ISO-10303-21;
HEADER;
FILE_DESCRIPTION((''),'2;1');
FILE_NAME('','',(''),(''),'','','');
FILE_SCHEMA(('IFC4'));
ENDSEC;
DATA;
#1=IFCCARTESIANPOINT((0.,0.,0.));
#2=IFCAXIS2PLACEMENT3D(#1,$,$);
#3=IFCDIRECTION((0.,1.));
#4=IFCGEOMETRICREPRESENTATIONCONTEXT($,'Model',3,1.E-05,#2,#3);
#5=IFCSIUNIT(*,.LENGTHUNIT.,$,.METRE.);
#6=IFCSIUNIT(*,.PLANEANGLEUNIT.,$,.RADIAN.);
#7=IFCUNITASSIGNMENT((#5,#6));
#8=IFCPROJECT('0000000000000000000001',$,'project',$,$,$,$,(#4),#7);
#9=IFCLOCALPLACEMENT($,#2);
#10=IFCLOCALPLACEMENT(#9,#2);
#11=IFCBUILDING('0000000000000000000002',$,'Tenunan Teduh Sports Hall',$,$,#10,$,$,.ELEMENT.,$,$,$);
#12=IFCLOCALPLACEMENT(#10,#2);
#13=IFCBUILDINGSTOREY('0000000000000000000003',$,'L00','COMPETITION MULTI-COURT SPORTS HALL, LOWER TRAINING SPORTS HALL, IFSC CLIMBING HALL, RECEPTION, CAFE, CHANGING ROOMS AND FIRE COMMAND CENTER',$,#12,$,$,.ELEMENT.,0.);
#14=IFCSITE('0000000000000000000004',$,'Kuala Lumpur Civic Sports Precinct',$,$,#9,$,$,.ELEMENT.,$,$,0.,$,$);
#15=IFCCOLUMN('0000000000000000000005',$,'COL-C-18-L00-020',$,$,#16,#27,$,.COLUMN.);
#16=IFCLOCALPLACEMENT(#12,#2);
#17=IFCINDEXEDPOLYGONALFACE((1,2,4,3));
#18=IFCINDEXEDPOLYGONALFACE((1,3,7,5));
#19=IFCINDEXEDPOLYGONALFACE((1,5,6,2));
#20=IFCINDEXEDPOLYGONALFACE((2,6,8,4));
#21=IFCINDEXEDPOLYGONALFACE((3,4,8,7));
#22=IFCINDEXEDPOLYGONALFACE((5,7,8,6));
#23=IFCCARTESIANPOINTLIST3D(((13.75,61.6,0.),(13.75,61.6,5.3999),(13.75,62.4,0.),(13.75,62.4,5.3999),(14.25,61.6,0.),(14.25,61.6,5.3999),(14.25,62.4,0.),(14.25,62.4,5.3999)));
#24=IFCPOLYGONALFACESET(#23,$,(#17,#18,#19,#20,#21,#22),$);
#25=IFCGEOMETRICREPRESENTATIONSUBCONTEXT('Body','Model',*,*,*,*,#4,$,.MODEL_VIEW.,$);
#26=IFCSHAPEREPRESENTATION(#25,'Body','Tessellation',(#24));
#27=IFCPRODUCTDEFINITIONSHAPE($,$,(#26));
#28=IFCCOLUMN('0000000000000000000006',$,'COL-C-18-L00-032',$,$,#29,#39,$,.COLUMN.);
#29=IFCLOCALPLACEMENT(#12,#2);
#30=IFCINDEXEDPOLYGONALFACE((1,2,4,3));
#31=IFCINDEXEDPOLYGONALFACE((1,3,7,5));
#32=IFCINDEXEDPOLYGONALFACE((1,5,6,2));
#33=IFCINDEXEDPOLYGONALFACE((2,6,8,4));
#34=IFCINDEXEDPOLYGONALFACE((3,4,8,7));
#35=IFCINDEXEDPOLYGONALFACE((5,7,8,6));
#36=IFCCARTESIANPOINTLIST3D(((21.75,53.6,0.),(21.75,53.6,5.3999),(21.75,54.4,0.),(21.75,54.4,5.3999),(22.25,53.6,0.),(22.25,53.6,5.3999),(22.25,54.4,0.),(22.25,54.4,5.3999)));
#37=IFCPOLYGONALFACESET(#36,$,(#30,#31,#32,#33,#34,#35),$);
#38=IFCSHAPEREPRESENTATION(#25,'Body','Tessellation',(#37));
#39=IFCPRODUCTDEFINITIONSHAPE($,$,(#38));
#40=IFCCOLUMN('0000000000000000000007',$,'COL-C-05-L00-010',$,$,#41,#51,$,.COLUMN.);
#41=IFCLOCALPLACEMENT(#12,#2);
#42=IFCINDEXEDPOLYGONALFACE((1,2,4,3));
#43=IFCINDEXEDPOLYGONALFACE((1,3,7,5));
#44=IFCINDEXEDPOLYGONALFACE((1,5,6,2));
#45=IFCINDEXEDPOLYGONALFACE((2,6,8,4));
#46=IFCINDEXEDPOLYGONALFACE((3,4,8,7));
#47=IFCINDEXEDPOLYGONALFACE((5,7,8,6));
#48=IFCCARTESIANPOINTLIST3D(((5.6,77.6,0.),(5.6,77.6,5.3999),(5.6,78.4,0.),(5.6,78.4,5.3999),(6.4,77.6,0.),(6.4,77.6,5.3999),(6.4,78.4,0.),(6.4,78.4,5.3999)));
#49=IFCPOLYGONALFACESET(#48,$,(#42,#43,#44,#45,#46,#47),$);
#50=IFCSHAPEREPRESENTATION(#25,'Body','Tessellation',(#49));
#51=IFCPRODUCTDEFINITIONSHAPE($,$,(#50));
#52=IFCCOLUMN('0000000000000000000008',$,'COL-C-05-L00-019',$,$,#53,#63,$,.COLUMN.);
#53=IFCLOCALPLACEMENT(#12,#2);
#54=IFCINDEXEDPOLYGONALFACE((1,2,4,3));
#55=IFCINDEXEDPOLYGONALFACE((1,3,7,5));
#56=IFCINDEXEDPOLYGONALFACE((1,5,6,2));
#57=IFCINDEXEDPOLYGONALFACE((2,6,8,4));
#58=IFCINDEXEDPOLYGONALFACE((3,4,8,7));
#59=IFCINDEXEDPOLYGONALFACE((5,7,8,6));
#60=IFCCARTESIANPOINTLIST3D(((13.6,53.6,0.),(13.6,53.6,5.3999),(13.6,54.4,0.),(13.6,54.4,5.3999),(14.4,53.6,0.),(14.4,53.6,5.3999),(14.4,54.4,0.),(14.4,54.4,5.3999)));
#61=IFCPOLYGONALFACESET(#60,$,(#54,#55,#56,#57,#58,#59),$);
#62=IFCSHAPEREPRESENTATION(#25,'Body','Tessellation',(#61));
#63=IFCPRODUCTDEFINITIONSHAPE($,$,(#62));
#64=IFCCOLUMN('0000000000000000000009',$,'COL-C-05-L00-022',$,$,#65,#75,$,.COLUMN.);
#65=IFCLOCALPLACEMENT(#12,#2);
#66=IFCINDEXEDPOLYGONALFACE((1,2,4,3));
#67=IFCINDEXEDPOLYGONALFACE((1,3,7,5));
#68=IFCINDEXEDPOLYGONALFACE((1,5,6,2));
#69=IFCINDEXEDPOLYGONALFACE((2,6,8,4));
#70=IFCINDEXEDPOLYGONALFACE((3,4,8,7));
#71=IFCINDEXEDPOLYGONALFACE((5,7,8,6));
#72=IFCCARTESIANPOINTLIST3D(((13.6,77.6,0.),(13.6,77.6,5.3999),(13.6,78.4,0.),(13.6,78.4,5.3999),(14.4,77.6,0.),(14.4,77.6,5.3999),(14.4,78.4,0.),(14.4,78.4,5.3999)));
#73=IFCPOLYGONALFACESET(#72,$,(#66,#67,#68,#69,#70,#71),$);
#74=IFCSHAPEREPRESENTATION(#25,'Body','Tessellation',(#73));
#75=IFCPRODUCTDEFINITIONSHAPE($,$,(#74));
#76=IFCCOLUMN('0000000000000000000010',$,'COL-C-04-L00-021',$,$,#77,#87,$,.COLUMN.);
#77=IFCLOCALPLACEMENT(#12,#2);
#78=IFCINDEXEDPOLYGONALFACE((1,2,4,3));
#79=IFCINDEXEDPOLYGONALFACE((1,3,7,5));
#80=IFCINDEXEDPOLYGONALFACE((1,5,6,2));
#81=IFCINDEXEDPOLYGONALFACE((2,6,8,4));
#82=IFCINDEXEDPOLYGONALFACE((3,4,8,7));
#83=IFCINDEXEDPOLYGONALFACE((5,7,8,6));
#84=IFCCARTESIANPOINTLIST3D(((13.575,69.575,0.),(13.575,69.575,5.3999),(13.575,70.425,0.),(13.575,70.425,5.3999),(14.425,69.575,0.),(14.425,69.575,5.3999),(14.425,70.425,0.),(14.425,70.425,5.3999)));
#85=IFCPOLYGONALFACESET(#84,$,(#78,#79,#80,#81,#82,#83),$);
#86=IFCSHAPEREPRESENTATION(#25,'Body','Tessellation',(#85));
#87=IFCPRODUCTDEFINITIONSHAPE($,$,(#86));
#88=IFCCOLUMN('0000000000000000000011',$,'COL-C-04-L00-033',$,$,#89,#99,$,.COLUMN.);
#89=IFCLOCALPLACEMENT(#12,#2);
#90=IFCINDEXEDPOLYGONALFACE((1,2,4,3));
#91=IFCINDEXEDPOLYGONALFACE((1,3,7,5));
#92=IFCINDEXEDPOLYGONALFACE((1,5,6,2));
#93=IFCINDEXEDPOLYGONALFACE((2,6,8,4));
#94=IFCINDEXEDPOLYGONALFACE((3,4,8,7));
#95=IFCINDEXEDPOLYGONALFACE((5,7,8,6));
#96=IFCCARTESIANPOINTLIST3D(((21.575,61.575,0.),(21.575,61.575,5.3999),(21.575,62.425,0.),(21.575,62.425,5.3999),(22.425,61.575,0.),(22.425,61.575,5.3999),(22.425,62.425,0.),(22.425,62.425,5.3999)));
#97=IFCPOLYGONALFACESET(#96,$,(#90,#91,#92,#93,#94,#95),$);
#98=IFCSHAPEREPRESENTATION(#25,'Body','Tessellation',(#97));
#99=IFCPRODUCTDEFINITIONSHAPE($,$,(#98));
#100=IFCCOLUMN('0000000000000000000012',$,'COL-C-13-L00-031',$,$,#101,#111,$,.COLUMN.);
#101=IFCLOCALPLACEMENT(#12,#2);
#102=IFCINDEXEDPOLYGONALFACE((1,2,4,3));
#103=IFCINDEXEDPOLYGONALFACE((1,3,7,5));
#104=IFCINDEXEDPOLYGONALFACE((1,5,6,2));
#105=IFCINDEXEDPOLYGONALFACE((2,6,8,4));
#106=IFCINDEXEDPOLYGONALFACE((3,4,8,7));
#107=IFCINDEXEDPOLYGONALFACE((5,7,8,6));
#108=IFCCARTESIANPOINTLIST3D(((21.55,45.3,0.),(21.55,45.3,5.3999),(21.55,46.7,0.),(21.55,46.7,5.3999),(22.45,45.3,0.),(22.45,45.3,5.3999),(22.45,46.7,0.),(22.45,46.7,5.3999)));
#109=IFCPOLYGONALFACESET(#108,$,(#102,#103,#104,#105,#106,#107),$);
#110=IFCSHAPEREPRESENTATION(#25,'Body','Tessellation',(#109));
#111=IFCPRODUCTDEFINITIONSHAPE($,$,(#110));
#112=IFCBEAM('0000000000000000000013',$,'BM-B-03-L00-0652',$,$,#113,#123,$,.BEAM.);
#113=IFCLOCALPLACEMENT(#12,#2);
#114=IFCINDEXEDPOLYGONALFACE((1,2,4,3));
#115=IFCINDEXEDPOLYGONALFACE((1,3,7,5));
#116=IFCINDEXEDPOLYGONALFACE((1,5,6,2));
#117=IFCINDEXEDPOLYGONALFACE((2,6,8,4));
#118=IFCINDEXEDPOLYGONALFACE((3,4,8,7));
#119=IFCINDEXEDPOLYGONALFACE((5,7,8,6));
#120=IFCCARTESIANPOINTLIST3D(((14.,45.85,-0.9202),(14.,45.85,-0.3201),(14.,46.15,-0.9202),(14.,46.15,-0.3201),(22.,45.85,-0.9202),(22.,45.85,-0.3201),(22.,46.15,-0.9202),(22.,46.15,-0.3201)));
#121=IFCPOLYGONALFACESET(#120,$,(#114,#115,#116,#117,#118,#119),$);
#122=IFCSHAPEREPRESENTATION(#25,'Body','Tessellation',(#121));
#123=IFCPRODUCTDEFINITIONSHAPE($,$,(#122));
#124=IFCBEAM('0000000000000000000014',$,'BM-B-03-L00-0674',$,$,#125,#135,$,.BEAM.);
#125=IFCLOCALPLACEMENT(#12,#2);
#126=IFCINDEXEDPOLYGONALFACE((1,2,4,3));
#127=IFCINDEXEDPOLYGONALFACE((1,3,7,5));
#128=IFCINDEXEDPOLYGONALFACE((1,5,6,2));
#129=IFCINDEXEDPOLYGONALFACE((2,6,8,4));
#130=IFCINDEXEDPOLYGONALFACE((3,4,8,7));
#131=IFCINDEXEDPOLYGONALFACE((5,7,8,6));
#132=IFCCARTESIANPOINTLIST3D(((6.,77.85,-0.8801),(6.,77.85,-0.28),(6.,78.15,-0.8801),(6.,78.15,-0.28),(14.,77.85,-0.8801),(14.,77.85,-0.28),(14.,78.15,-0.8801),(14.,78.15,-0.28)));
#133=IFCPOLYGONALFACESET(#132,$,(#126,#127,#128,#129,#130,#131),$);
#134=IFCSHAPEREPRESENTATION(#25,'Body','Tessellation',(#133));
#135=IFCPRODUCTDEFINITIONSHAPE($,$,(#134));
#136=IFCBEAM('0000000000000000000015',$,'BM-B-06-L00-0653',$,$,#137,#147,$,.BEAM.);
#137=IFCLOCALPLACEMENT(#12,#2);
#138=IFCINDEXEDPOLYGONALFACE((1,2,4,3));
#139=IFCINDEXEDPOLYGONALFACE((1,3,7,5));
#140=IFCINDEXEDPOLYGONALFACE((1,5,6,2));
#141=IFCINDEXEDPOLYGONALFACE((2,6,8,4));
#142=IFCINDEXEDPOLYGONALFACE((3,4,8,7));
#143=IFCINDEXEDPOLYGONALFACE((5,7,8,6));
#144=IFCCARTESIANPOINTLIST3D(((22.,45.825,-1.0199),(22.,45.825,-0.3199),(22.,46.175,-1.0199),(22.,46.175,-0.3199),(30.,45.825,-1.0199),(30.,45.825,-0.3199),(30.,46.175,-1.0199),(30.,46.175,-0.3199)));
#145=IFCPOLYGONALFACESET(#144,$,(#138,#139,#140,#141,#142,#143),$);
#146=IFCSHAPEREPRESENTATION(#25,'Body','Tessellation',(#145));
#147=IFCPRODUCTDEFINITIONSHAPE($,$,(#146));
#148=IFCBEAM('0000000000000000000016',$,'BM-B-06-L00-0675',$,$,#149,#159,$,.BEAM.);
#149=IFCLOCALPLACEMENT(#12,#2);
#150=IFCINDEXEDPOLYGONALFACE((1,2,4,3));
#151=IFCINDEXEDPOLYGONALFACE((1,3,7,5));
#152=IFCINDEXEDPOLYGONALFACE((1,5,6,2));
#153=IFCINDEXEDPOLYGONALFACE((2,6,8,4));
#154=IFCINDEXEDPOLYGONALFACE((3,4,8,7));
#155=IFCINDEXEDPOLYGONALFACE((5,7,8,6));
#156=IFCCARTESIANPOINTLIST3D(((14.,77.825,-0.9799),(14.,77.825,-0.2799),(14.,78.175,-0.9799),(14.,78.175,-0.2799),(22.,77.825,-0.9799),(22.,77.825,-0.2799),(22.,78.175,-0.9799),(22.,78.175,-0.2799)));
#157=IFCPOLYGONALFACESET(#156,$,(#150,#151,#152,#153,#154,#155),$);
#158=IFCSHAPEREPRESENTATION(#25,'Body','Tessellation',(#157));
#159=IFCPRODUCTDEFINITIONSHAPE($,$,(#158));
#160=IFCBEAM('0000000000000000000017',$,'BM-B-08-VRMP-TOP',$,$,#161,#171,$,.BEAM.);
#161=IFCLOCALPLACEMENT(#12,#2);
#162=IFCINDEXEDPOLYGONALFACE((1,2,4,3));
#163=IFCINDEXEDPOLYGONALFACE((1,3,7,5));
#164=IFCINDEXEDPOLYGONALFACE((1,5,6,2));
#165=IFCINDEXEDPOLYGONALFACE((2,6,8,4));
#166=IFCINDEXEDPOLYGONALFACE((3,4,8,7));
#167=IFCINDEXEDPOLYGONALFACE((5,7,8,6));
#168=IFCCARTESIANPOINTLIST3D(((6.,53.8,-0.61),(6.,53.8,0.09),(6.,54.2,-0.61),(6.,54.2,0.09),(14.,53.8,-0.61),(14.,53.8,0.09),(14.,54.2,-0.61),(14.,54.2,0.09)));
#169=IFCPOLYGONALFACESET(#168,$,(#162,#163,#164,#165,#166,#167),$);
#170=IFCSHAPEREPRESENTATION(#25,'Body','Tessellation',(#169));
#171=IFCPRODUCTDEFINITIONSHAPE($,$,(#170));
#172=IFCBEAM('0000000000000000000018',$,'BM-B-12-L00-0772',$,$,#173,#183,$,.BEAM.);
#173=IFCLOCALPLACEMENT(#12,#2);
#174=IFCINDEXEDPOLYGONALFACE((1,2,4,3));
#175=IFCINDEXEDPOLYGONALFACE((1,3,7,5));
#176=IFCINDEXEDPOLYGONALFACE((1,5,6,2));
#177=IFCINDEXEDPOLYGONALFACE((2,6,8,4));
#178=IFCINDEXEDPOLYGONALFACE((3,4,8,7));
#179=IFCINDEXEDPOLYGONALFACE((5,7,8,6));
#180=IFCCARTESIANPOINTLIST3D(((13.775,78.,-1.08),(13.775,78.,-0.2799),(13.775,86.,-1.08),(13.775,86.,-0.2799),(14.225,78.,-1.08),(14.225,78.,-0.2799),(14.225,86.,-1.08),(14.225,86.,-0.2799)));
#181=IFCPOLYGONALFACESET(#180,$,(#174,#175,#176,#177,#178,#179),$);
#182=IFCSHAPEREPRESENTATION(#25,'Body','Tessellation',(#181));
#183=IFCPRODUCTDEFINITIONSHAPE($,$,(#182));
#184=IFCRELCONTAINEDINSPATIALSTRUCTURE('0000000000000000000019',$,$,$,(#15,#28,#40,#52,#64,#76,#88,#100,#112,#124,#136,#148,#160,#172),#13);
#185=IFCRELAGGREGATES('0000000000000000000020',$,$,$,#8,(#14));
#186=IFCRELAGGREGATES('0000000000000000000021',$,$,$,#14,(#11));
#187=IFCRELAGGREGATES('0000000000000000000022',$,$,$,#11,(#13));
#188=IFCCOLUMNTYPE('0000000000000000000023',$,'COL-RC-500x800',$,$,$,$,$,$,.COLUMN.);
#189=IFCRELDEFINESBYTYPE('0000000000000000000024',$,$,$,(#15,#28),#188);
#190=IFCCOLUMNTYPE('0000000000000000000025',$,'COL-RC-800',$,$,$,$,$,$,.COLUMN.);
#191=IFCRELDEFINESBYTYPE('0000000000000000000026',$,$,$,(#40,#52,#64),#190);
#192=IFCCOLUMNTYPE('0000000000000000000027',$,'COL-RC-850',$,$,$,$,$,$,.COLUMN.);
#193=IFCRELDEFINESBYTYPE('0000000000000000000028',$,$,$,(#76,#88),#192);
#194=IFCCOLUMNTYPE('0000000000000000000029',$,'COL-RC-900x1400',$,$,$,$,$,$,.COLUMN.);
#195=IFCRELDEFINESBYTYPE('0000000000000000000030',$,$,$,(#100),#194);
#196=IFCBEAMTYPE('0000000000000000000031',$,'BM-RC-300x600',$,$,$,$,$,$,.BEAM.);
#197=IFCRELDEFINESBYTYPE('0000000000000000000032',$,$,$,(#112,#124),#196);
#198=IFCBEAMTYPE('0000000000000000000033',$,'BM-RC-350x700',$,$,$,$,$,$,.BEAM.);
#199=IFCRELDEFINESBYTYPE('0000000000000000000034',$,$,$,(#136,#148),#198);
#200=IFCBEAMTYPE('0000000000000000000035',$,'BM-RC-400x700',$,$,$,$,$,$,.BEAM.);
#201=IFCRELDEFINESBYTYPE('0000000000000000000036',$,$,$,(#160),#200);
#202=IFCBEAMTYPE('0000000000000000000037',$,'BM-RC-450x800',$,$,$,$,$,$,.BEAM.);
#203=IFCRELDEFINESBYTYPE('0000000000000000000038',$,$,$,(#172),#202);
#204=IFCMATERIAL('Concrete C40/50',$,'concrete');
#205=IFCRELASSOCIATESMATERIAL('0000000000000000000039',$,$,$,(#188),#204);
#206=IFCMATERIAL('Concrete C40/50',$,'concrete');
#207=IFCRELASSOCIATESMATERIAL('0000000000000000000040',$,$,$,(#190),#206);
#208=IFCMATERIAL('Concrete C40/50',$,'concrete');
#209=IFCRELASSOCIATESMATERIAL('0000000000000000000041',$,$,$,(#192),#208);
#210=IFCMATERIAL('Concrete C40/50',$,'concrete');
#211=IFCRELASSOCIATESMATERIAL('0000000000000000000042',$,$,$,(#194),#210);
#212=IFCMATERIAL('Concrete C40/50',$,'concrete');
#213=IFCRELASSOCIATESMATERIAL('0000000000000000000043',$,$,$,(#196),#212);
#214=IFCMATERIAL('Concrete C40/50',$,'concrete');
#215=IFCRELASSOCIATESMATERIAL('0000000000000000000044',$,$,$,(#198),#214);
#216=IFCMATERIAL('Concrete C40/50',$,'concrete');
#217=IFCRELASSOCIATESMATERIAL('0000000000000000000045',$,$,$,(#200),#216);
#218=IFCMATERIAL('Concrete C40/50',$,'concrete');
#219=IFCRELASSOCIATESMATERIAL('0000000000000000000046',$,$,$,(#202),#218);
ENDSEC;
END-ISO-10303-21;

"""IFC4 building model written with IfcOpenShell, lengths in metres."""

from ifc_helpers import new_model, si_unit, direction, frame, origin, origin_2d, place, context, subcontext, project, spatial, rectangle, extrude, material, material_profile, profile_set, type_object, element, save


model = new_model("IFC4")

# Units and contexts
model_context = context("Model", 3, precision=1e-05, world=origin(), true_north=direction((0.0, 1.0)))
body_context = subcontext(model_context, "Body", "Model", "MODEL_VIEW")
ifc_project = project(units=[si_unit("LENGTHUNIT", "METRE"), si_unit("PLANEANGLEUNIT", "RADIAN")], contexts=[model_context])

# Site, building, storey
site_placement = place(None, origin())
site = spatial("IfcSite", under=ifc_project, at=site_placement, Name="Kuala Lumpur Civic Sports Precinct", CompositionType="ELEMENT", RefElevation=0.0)
building_placement = place(site_placement, origin())
building = spatial("IfcBuilding", under=site, at=building_placement, Name="Tenunan Teduh Sports Hall", CompositionType="ELEMENT")
storey_placement = place(building_placement, origin())
storey = spatial("IfcBuildingStorey", under=building, at=storey_placement, Name="L00", Description="COMPETITION MULTI-COURT SPORTS HALL, LOWER TRAINING SPORTS HALL, IFSC CLIMBING HALL, RECEPTION, CAFE, CHANGING ROOMS AND FIRE COMMAND CENTER", CompositionType="ELEMENT", Elevation=0.0)

# Columns
ifc_material_1 = material(Name="Concrete C40/50", Category="concrete")
ifc_material_profile_1 = material_profile(ifc_material_1, rectangle(XDim=0.5, YDim=0.8, at=origin_2d()), Name="RC 500x800")
ifc_profile_set_1 = profile_set([ifc_material_profile_1], Name="Concrete C40/50")
column_type_1 = type_object("IfcColumnType", Name="COL-RC-500x800", PredefinedType="COLUMN", material=ifc_profile_set_1)
for number, where, z_axis, x_axis, name in (
    (1, (14.0, 62.0, 0.0), (0.0, 0.0, 1.0), (1.0, 0.0, 0.0), "COL-C-18-L00-020"),
    (2, (22.0, 54.0, 0.0), (0.0, 0.0, 1.0), (1.0, 0.0, 0.0), "COL-C-18-L00-032"),
):
    element("IfcColumn", number, at=place(storey_placement, frame(where, z_axis=z_axis, x_axis=x_axis)), inside=storey, type_object=column_type_1, Name=name, PredefinedType="COLUMN", context=body_context, shape_type="SweptSolid", body=[
        extrude(rectangle(XDim=0.5, YDim=0.8, at=origin_2d()), origin(), (0.0, 0.0, 1.0), 5.3999),
    ])
ifc_material_2 = material(Name="Concrete C40/50", Category="concrete")
ifc_material_profile_2 = material_profile(ifc_material_2, rectangle(XDim=0.8, YDim=0.8, at=origin_2d()), Name="RC 800x800")
ifc_profile_set_2 = profile_set([ifc_material_profile_2], Name="Concrete C40/50")
column_type_2 = type_object("IfcColumnType", Name="COL-RC-800", PredefinedType="COLUMN", material=ifc_profile_set_2)
for number, where, z_axis, x_axis, name in (
    (3, (6.0, 78.0, 0.0), (0.0, 0.0, 1.0), (1.0, 0.0, 0.0), "COL-C-05-L00-010"),
    (4, (14.0, 54.0, 0.0), (0.0, 0.0, 1.0), (1.0, 0.0, 0.0), "COL-C-05-L00-019"),
    (5, (14.0, 78.0, 0.0), (0.0, 0.0, 1.0), (1.0, 0.0, 0.0), "COL-C-05-L00-022"),
):
    element("IfcColumn", number, at=place(storey_placement, frame(where, z_axis=z_axis, x_axis=x_axis)), inside=storey, type_object=column_type_2, Name=name, PredefinedType="COLUMN", context=body_context, shape_type="SweptSolid", body=[
        extrude(rectangle(XDim=0.8, YDim=0.8, at=origin_2d()), origin(), (0.0, 0.0, 1.0), 5.3999),
    ])
ifc_material_3 = material(Name="Concrete C40/50", Category="concrete")
ifc_material_profile_3 = material_profile(ifc_material_3, rectangle(XDim=0.8501, YDim=0.8501, at=origin_2d()), Name="RC 850x850")
ifc_profile_set_3 = profile_set([ifc_material_profile_3], Name="Concrete C40/50")
column_type_3 = type_object("IfcColumnType", Name="COL-RC-850", PredefinedType="COLUMN", material=ifc_profile_set_3)
for number, where, z_axis, x_axis, name in (
    (6, (14.0, 70.0, 0.0), (0.0, 0.0, 1.0), (1.0, 0.0, 0.0), "COL-C-04-L00-021"),
    (7, (22.0, 62.0, 0.0), (0.0, 0.0, 1.0), (1.0, 0.0, 0.0), "COL-C-04-L00-033"),
):
    element("IfcColumn", number, at=place(storey_placement, frame(where, z_axis=z_axis, x_axis=x_axis)), inside=storey, type_object=column_type_3, Name=name, PredefinedType="COLUMN", context=body_context, shape_type="SweptSolid", body=[
        extrude(rectangle(XDim=0.8501, YDim=0.8501, at=origin_2d()), origin(), (0.0, 0.0, 1.0), 5.3999),
    ])
ifc_material_4 = material(Name="Concrete C40/50", Category="concrete")
ifc_material_profile_4 = material_profile(ifc_material_4, rectangle(XDim=0.8999, YDim=1.3999, at=origin_2d()), Name="RC 900x1400")
ifc_profile_set_4 = profile_set([ifc_material_profile_4], Name="Concrete C40/50")
column_type_4 = type_object("IfcColumnType", Name="COL-RC-900x1400", PredefinedType="COLUMN", material=ifc_profile_set_4)
column_placement = place(storey_placement, frame((22.0, 46.0, 0.0), z_axis=(0.0, 0.0, 1.0), x_axis=(1.0, 0.0, 0.0)))
element("IfcColumn", 8, at=column_placement, inside=storey, type_object=column_type_4, Name="COL-C-13-L00-031", PredefinedType="COLUMN", context=body_context, shape_type="SweptSolid", body=[
    extrude(rectangle(XDim=0.8999, YDim=1.3999, at=origin_2d()), origin(), (0.0, 0.0, 1.0), 5.3999),
])

# Beams
ifc_material_5 = material(Name="Concrete C40/50", Category="concrete")
ifc_material_profile_5 = material_profile(ifc_material_5, rectangle(XDim=0.3, YDim=0.6001, at=origin_2d()), Name="RCB 300x600")
ifc_profile_set_5 = profile_set([ifc_material_profile_5], Name="Concrete C40/50")
beam_type_1 = type_object("IfcBeamType", Name="BM-RC-300x600", PredefinedType="BEAM", material=ifc_profile_set_5)
for number, where, z_axis, x_axis, name in (
    (9, (14.0, 46.0, -0.6201), (1.0, 0.0, 0.0), (0.0, 1.0, 0.0), "BM-B-03-L00-0652"),
    (10, (6.0, 78.0, -0.5801), (1.0, 0.0, 0.0), (0.0, 1.0, 0.0), "BM-B-03-L00-0674"),
):
    element("IfcBeam", number, at=place(storey_placement, frame(where, z_axis=z_axis, x_axis=x_axis)), inside=storey, type_object=beam_type_1, Name=name, PredefinedType="BEAM", context=body_context, shape_type="SweptSolid", body=[
        extrude(rectangle(XDim=0.3, YDim=0.6001, at=origin_2d()), origin(), (0.0, 0.0, 1.0), 8.0),
    ])
ifc_material_6 = material(Name="Concrete C40/50", Category="concrete")
ifc_material_profile_6 = material_profile(ifc_material_6, rectangle(XDim=0.3501, YDim=0.7, at=origin_2d()), Name="RCB 350x700")
ifc_profile_set_6 = profile_set([ifc_material_profile_6], Name="Concrete C40/50")
beam_type_2 = type_object("IfcBeamType", Name="BM-RC-350x700", PredefinedType="BEAM", material=ifc_profile_set_6)
for number, where, z_axis, x_axis, name in (
    (11, (22.0, 46.0, -0.6699), (1.0, 0.0, 0.0), (0.0, 1.0, 0.0), "BM-B-06-L00-0653"),
    (12, (14.0, 78.0, -0.6299), (1.0, 0.0, 0.0), (0.0, 1.0, 0.0), "BM-B-06-L00-0675"),
):
    element("IfcBeam", number, at=place(storey_placement, frame(where, z_axis=z_axis, x_axis=x_axis)), inside=storey, type_object=beam_type_2, Name=name, PredefinedType="BEAM", context=body_context, shape_type="SweptSolid", body=[
        extrude(rectangle(XDim=0.3501, YDim=0.7, at=origin_2d()), origin(), (0.0, 0.0, 1.0), 8.0),
    ])
ifc_material_7 = material(Name="Concrete C40/50", Category="concrete")
ifc_material_profile_7 = material_profile(ifc_material_7, rectangle(XDim=0.3999, YDim=0.7, at=origin_2d()), Name="RCB 400x700")
ifc_profile_set_7 = profile_set([ifc_material_profile_7], Name="Concrete C40/50")
beam_type_3 = type_object("IfcBeamType", Name="BM-RC-400x700", PredefinedType="BEAM", material=ifc_profile_set_7)
beam_1_placement = place(storey_placement, frame((6.0, 54.0, -0.26), z_axis=(1.0, 0.0, 0.0), x_axis=(0.0, 1.0, 0.0)))
element("IfcBeam", 13, at=beam_1_placement, inside=storey, type_object=beam_type_3, Name="BM-B-08-VRMP-TOP", PredefinedType="BEAM", context=body_context, shape_type="SweptSolid", body=[
    extrude(rectangle(XDim=0.3999, YDim=0.7, at=origin_2d()), origin(), (0.0, 0.0, 1.0), 8.0),
])
ifc_material_8 = material(Name="Concrete C40/50", Category="concrete")
ifc_material_profile_8 = material_profile(ifc_material_8, rectangle(XDim=0.45, YDim=0.8, at=origin_2d()), Name="RCB 450x800")
ifc_profile_set_8 = profile_set([ifc_material_profile_8], Name="Concrete C40/50")
beam_type_4 = type_object("IfcBeamType", Name="BM-RC-450x800", PredefinedType="BEAM", material=ifc_profile_set_8)
beam_2_placement = place(storey_placement, frame((14.0, 78.0, -0.6799), z_axis=(0.0, 1.0, 0.0), x_axis=(-1.0, 0.0, 0.0)))
element("IfcBeam", 14, at=beam_2_placement, inside=storey, type_object=beam_type_4, Name="BM-B-12-L00-0772", PredefinedType="BEAM", context=body_context, shape_type="SweptSolid", body=[
    extrude(rectangle(XDim=0.45, YDim=0.8, at=origin_2d()), origin(), (0.0, 0.0, 1.0), 8.0),
])

save(model, "model.ifc")
